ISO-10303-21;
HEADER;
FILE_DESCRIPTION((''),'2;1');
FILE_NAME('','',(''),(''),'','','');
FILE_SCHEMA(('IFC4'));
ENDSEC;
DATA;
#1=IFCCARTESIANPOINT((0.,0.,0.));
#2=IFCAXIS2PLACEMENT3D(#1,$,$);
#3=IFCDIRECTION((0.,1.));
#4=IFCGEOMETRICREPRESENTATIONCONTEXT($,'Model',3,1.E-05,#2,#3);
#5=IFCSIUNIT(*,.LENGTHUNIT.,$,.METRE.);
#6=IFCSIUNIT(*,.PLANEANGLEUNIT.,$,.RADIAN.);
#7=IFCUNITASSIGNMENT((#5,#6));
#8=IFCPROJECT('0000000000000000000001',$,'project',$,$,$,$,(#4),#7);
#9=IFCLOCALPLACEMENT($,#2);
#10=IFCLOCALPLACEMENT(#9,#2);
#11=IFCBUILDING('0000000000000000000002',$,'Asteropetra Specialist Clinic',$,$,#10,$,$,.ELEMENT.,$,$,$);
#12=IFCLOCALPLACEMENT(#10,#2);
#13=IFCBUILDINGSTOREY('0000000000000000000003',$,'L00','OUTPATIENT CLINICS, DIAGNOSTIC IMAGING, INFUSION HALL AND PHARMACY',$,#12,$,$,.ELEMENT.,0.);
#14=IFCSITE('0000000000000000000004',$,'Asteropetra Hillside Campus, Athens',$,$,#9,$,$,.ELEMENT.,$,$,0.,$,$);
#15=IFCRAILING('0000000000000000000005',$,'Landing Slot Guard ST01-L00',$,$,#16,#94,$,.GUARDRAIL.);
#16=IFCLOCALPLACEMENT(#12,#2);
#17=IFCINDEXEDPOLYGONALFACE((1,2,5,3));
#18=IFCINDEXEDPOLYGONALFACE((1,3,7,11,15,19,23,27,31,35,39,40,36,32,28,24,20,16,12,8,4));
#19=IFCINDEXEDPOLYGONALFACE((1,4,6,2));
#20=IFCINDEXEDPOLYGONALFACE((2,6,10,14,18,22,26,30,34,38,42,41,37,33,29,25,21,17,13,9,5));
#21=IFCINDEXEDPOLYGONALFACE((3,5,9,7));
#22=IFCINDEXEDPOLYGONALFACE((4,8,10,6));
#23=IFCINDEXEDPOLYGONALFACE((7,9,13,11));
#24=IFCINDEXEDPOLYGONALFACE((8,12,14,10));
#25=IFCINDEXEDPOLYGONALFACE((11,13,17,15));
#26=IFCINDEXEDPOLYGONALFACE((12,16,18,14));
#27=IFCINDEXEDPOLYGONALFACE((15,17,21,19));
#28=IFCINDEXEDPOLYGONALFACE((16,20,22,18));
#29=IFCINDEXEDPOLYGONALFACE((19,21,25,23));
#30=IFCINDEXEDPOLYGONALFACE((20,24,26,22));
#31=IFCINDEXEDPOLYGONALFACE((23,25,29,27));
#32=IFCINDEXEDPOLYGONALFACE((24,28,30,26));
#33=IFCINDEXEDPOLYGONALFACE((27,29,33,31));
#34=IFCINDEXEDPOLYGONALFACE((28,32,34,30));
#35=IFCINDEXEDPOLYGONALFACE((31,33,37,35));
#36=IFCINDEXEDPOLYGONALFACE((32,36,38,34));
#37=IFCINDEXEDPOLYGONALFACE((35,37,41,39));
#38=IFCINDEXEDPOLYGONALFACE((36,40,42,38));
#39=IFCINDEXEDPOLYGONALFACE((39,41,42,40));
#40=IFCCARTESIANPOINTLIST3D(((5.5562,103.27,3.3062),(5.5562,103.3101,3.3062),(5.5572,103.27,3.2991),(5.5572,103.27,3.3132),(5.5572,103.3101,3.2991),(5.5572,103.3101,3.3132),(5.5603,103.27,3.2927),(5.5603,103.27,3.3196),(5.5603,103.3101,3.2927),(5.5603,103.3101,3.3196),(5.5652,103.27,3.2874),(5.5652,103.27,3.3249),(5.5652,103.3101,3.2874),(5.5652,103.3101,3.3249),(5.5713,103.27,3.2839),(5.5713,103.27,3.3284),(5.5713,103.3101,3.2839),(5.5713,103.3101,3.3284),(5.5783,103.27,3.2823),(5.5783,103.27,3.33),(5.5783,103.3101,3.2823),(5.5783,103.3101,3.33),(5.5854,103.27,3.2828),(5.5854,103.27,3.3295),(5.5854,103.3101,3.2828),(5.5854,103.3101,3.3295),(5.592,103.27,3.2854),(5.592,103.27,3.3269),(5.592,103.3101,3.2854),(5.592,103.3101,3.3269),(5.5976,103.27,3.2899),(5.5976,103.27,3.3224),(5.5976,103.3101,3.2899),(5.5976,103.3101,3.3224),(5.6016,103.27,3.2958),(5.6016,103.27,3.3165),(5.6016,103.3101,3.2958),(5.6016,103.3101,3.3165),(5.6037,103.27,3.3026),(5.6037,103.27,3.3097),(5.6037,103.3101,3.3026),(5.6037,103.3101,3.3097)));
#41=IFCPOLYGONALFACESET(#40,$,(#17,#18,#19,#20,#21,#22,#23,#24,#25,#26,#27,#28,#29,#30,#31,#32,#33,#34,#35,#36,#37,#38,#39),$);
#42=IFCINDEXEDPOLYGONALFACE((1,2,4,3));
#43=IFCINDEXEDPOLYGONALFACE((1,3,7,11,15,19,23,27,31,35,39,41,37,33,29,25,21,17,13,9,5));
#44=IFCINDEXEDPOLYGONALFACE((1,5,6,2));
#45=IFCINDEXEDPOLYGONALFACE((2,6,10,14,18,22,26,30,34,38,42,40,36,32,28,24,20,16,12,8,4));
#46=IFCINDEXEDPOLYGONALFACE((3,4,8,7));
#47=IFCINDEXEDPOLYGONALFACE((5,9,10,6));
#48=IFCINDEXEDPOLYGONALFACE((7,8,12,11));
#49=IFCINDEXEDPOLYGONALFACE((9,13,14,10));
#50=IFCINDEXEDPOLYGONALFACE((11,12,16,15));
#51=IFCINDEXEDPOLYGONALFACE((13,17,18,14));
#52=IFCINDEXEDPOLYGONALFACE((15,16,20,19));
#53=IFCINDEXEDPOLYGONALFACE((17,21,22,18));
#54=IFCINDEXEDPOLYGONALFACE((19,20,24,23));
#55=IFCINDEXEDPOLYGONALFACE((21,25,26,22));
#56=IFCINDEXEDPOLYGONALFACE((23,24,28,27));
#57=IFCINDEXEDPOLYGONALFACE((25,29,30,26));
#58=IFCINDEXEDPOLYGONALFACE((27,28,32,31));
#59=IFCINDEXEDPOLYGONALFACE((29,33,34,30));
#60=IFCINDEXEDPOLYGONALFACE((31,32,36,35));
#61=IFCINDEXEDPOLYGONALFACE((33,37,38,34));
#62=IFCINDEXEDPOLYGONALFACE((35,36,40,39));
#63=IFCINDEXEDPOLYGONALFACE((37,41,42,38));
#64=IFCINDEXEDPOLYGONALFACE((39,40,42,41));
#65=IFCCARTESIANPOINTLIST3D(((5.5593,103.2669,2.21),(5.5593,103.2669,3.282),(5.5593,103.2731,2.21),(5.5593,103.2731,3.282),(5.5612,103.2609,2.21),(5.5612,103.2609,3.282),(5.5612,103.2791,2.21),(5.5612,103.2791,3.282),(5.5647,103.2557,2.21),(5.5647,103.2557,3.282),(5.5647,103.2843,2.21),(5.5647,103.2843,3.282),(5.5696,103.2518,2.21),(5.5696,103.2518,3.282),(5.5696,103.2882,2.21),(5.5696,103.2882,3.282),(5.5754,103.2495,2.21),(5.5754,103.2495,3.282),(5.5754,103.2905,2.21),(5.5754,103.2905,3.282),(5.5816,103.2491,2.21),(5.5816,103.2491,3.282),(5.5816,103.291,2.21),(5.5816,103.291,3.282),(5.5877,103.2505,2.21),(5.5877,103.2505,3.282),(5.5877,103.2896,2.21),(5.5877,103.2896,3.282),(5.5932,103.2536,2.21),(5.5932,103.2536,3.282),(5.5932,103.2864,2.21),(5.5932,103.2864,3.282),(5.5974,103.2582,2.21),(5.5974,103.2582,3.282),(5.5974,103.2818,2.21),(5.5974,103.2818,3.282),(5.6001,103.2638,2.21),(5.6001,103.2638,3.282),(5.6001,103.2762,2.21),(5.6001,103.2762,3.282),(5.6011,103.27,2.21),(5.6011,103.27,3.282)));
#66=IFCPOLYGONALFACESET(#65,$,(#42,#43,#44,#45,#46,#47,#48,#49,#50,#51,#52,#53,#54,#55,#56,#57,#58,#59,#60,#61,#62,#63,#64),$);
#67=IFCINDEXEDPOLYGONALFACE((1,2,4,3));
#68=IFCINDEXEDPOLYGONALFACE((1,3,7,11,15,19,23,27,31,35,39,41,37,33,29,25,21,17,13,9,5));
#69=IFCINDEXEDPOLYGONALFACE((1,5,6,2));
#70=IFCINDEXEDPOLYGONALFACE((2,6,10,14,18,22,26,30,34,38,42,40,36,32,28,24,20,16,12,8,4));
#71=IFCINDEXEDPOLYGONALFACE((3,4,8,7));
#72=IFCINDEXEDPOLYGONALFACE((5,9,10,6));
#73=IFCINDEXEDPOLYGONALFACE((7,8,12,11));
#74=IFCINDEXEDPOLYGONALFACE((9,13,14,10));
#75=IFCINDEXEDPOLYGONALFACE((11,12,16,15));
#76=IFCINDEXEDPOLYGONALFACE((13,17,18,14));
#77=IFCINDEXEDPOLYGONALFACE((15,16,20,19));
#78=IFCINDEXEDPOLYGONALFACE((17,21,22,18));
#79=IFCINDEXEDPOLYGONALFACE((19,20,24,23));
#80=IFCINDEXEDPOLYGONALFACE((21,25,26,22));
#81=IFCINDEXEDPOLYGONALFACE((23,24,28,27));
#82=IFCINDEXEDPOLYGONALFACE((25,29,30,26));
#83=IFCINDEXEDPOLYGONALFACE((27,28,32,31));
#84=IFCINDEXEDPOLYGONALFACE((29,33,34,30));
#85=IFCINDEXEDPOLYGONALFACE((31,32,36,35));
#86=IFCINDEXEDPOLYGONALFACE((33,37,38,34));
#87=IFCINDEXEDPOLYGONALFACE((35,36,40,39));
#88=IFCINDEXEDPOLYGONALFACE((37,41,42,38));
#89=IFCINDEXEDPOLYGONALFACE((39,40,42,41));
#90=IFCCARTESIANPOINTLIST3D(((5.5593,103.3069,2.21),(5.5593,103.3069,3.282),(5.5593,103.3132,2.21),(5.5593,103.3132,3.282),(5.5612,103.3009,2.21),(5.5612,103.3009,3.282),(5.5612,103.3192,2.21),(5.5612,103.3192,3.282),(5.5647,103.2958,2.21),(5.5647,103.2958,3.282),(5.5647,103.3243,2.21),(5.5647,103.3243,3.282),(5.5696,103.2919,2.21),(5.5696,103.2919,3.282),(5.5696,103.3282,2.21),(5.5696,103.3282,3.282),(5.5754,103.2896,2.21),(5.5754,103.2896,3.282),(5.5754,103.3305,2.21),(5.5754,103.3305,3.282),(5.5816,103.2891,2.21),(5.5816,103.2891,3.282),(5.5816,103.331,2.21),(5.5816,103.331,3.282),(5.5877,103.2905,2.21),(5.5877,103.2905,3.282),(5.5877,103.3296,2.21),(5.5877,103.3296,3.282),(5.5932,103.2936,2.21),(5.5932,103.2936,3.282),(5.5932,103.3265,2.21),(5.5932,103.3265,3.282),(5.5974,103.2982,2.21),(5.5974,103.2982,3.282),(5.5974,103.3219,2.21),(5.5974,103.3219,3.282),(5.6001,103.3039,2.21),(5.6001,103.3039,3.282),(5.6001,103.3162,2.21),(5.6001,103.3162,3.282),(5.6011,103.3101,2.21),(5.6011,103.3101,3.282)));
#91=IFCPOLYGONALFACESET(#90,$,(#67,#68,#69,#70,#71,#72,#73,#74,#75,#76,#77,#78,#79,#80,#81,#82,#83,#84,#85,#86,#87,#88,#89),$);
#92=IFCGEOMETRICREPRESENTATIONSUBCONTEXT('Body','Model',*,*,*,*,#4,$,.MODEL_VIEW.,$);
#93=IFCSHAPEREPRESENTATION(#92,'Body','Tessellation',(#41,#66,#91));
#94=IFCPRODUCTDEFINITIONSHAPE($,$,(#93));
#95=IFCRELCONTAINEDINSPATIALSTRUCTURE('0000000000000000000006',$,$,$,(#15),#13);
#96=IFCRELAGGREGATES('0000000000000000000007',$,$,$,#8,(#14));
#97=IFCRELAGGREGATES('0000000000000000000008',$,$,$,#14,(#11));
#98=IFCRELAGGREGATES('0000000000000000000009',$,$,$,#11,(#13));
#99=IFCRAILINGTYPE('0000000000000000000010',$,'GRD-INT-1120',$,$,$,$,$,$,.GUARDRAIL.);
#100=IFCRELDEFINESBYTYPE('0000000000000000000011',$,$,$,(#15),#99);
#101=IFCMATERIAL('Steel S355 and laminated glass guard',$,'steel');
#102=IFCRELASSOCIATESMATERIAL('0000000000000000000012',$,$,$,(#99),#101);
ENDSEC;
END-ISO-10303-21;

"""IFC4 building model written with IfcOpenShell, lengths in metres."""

from ifc_helpers import new_model, si_unit, direction, frame, origin, origin_2d, place, context, subcontext, project, spatial, circle, extrude, material, type_object, element, save


model = new_model("IFC4")

# Units and contexts
model_context = context("Model", 3, precision=1e-05, world=origin(), true_north=direction((0.0, 1.0)))
body_context = subcontext(model_context, "Body", "Model", "MODEL_VIEW")
ifc_project = project(units=[si_unit("LENGTHUNIT", "METRE"), si_unit("PLANEANGLEUNIT", "RADIAN")], contexts=[model_context])

# Site, building, storey
site_placement = place(None, origin())
site = spatial("IfcSite", under=ifc_project, at=site_placement, Name="Asteropetra Hillside Campus, Athens", CompositionType="ELEMENT", RefElevation=0.0)
building_placement = place(site_placement, origin())
building = spatial("IfcBuilding", under=site, at=building_placement, Name="Asteropetra Specialist Clinic", CompositionType="ELEMENT")
storey_placement = place(building_placement, origin())
storey = spatial("IfcBuildingStorey", under=building, at=storey_placement, Name="L00", Description="OUTPATIENT CLINICS, DIAGNOSTIC IMAGING, INFUSION HALL AND PHARMACY", CompositionType="ELEMENT", Elevation=0.0)

# Railing
ifc_material_1 = material(Name="Steel S355 and laminated glass guard", Category="steel")
railing_type_1 = type_object("IfcRailingType", Name="GRD-INT-1120", PredefinedType="GUARDRAIL", material=ifc_material_1)
railing_1_placement = place(storey_placement, frame((5.5801, 103.27, 2.21)))
element("IfcRailing", 1, at=railing_1_placement, inside=storey, type_object=railing_type_1, Name="Landing Slot Guard ST01-L00", PredefinedType="GUARDRAIL", context=body_context, shape_type="SweptSolid", body=[
    extrude(circle(Radius=0.0239, at=origin_2d()), frame((0.0, 0.0, 1.0962), z_axis=(0.0, 1.0, 0.0), x_axis=(-1.0, 0.0, 0.0)), (0.0, 0.0, 1.0), 0.04),
    extrude(circle(Radius=0.021, at=origin_2d()), origin(), (0.0, 0.0, 1.0), 1.072),
    extrude(circle(Radius=0.021, at=origin_2d()), frame((0.0, 0.04, 0.0)), (0.0, 0.0, 1.0), 1.072),
])

save(model, "model.ifc")
